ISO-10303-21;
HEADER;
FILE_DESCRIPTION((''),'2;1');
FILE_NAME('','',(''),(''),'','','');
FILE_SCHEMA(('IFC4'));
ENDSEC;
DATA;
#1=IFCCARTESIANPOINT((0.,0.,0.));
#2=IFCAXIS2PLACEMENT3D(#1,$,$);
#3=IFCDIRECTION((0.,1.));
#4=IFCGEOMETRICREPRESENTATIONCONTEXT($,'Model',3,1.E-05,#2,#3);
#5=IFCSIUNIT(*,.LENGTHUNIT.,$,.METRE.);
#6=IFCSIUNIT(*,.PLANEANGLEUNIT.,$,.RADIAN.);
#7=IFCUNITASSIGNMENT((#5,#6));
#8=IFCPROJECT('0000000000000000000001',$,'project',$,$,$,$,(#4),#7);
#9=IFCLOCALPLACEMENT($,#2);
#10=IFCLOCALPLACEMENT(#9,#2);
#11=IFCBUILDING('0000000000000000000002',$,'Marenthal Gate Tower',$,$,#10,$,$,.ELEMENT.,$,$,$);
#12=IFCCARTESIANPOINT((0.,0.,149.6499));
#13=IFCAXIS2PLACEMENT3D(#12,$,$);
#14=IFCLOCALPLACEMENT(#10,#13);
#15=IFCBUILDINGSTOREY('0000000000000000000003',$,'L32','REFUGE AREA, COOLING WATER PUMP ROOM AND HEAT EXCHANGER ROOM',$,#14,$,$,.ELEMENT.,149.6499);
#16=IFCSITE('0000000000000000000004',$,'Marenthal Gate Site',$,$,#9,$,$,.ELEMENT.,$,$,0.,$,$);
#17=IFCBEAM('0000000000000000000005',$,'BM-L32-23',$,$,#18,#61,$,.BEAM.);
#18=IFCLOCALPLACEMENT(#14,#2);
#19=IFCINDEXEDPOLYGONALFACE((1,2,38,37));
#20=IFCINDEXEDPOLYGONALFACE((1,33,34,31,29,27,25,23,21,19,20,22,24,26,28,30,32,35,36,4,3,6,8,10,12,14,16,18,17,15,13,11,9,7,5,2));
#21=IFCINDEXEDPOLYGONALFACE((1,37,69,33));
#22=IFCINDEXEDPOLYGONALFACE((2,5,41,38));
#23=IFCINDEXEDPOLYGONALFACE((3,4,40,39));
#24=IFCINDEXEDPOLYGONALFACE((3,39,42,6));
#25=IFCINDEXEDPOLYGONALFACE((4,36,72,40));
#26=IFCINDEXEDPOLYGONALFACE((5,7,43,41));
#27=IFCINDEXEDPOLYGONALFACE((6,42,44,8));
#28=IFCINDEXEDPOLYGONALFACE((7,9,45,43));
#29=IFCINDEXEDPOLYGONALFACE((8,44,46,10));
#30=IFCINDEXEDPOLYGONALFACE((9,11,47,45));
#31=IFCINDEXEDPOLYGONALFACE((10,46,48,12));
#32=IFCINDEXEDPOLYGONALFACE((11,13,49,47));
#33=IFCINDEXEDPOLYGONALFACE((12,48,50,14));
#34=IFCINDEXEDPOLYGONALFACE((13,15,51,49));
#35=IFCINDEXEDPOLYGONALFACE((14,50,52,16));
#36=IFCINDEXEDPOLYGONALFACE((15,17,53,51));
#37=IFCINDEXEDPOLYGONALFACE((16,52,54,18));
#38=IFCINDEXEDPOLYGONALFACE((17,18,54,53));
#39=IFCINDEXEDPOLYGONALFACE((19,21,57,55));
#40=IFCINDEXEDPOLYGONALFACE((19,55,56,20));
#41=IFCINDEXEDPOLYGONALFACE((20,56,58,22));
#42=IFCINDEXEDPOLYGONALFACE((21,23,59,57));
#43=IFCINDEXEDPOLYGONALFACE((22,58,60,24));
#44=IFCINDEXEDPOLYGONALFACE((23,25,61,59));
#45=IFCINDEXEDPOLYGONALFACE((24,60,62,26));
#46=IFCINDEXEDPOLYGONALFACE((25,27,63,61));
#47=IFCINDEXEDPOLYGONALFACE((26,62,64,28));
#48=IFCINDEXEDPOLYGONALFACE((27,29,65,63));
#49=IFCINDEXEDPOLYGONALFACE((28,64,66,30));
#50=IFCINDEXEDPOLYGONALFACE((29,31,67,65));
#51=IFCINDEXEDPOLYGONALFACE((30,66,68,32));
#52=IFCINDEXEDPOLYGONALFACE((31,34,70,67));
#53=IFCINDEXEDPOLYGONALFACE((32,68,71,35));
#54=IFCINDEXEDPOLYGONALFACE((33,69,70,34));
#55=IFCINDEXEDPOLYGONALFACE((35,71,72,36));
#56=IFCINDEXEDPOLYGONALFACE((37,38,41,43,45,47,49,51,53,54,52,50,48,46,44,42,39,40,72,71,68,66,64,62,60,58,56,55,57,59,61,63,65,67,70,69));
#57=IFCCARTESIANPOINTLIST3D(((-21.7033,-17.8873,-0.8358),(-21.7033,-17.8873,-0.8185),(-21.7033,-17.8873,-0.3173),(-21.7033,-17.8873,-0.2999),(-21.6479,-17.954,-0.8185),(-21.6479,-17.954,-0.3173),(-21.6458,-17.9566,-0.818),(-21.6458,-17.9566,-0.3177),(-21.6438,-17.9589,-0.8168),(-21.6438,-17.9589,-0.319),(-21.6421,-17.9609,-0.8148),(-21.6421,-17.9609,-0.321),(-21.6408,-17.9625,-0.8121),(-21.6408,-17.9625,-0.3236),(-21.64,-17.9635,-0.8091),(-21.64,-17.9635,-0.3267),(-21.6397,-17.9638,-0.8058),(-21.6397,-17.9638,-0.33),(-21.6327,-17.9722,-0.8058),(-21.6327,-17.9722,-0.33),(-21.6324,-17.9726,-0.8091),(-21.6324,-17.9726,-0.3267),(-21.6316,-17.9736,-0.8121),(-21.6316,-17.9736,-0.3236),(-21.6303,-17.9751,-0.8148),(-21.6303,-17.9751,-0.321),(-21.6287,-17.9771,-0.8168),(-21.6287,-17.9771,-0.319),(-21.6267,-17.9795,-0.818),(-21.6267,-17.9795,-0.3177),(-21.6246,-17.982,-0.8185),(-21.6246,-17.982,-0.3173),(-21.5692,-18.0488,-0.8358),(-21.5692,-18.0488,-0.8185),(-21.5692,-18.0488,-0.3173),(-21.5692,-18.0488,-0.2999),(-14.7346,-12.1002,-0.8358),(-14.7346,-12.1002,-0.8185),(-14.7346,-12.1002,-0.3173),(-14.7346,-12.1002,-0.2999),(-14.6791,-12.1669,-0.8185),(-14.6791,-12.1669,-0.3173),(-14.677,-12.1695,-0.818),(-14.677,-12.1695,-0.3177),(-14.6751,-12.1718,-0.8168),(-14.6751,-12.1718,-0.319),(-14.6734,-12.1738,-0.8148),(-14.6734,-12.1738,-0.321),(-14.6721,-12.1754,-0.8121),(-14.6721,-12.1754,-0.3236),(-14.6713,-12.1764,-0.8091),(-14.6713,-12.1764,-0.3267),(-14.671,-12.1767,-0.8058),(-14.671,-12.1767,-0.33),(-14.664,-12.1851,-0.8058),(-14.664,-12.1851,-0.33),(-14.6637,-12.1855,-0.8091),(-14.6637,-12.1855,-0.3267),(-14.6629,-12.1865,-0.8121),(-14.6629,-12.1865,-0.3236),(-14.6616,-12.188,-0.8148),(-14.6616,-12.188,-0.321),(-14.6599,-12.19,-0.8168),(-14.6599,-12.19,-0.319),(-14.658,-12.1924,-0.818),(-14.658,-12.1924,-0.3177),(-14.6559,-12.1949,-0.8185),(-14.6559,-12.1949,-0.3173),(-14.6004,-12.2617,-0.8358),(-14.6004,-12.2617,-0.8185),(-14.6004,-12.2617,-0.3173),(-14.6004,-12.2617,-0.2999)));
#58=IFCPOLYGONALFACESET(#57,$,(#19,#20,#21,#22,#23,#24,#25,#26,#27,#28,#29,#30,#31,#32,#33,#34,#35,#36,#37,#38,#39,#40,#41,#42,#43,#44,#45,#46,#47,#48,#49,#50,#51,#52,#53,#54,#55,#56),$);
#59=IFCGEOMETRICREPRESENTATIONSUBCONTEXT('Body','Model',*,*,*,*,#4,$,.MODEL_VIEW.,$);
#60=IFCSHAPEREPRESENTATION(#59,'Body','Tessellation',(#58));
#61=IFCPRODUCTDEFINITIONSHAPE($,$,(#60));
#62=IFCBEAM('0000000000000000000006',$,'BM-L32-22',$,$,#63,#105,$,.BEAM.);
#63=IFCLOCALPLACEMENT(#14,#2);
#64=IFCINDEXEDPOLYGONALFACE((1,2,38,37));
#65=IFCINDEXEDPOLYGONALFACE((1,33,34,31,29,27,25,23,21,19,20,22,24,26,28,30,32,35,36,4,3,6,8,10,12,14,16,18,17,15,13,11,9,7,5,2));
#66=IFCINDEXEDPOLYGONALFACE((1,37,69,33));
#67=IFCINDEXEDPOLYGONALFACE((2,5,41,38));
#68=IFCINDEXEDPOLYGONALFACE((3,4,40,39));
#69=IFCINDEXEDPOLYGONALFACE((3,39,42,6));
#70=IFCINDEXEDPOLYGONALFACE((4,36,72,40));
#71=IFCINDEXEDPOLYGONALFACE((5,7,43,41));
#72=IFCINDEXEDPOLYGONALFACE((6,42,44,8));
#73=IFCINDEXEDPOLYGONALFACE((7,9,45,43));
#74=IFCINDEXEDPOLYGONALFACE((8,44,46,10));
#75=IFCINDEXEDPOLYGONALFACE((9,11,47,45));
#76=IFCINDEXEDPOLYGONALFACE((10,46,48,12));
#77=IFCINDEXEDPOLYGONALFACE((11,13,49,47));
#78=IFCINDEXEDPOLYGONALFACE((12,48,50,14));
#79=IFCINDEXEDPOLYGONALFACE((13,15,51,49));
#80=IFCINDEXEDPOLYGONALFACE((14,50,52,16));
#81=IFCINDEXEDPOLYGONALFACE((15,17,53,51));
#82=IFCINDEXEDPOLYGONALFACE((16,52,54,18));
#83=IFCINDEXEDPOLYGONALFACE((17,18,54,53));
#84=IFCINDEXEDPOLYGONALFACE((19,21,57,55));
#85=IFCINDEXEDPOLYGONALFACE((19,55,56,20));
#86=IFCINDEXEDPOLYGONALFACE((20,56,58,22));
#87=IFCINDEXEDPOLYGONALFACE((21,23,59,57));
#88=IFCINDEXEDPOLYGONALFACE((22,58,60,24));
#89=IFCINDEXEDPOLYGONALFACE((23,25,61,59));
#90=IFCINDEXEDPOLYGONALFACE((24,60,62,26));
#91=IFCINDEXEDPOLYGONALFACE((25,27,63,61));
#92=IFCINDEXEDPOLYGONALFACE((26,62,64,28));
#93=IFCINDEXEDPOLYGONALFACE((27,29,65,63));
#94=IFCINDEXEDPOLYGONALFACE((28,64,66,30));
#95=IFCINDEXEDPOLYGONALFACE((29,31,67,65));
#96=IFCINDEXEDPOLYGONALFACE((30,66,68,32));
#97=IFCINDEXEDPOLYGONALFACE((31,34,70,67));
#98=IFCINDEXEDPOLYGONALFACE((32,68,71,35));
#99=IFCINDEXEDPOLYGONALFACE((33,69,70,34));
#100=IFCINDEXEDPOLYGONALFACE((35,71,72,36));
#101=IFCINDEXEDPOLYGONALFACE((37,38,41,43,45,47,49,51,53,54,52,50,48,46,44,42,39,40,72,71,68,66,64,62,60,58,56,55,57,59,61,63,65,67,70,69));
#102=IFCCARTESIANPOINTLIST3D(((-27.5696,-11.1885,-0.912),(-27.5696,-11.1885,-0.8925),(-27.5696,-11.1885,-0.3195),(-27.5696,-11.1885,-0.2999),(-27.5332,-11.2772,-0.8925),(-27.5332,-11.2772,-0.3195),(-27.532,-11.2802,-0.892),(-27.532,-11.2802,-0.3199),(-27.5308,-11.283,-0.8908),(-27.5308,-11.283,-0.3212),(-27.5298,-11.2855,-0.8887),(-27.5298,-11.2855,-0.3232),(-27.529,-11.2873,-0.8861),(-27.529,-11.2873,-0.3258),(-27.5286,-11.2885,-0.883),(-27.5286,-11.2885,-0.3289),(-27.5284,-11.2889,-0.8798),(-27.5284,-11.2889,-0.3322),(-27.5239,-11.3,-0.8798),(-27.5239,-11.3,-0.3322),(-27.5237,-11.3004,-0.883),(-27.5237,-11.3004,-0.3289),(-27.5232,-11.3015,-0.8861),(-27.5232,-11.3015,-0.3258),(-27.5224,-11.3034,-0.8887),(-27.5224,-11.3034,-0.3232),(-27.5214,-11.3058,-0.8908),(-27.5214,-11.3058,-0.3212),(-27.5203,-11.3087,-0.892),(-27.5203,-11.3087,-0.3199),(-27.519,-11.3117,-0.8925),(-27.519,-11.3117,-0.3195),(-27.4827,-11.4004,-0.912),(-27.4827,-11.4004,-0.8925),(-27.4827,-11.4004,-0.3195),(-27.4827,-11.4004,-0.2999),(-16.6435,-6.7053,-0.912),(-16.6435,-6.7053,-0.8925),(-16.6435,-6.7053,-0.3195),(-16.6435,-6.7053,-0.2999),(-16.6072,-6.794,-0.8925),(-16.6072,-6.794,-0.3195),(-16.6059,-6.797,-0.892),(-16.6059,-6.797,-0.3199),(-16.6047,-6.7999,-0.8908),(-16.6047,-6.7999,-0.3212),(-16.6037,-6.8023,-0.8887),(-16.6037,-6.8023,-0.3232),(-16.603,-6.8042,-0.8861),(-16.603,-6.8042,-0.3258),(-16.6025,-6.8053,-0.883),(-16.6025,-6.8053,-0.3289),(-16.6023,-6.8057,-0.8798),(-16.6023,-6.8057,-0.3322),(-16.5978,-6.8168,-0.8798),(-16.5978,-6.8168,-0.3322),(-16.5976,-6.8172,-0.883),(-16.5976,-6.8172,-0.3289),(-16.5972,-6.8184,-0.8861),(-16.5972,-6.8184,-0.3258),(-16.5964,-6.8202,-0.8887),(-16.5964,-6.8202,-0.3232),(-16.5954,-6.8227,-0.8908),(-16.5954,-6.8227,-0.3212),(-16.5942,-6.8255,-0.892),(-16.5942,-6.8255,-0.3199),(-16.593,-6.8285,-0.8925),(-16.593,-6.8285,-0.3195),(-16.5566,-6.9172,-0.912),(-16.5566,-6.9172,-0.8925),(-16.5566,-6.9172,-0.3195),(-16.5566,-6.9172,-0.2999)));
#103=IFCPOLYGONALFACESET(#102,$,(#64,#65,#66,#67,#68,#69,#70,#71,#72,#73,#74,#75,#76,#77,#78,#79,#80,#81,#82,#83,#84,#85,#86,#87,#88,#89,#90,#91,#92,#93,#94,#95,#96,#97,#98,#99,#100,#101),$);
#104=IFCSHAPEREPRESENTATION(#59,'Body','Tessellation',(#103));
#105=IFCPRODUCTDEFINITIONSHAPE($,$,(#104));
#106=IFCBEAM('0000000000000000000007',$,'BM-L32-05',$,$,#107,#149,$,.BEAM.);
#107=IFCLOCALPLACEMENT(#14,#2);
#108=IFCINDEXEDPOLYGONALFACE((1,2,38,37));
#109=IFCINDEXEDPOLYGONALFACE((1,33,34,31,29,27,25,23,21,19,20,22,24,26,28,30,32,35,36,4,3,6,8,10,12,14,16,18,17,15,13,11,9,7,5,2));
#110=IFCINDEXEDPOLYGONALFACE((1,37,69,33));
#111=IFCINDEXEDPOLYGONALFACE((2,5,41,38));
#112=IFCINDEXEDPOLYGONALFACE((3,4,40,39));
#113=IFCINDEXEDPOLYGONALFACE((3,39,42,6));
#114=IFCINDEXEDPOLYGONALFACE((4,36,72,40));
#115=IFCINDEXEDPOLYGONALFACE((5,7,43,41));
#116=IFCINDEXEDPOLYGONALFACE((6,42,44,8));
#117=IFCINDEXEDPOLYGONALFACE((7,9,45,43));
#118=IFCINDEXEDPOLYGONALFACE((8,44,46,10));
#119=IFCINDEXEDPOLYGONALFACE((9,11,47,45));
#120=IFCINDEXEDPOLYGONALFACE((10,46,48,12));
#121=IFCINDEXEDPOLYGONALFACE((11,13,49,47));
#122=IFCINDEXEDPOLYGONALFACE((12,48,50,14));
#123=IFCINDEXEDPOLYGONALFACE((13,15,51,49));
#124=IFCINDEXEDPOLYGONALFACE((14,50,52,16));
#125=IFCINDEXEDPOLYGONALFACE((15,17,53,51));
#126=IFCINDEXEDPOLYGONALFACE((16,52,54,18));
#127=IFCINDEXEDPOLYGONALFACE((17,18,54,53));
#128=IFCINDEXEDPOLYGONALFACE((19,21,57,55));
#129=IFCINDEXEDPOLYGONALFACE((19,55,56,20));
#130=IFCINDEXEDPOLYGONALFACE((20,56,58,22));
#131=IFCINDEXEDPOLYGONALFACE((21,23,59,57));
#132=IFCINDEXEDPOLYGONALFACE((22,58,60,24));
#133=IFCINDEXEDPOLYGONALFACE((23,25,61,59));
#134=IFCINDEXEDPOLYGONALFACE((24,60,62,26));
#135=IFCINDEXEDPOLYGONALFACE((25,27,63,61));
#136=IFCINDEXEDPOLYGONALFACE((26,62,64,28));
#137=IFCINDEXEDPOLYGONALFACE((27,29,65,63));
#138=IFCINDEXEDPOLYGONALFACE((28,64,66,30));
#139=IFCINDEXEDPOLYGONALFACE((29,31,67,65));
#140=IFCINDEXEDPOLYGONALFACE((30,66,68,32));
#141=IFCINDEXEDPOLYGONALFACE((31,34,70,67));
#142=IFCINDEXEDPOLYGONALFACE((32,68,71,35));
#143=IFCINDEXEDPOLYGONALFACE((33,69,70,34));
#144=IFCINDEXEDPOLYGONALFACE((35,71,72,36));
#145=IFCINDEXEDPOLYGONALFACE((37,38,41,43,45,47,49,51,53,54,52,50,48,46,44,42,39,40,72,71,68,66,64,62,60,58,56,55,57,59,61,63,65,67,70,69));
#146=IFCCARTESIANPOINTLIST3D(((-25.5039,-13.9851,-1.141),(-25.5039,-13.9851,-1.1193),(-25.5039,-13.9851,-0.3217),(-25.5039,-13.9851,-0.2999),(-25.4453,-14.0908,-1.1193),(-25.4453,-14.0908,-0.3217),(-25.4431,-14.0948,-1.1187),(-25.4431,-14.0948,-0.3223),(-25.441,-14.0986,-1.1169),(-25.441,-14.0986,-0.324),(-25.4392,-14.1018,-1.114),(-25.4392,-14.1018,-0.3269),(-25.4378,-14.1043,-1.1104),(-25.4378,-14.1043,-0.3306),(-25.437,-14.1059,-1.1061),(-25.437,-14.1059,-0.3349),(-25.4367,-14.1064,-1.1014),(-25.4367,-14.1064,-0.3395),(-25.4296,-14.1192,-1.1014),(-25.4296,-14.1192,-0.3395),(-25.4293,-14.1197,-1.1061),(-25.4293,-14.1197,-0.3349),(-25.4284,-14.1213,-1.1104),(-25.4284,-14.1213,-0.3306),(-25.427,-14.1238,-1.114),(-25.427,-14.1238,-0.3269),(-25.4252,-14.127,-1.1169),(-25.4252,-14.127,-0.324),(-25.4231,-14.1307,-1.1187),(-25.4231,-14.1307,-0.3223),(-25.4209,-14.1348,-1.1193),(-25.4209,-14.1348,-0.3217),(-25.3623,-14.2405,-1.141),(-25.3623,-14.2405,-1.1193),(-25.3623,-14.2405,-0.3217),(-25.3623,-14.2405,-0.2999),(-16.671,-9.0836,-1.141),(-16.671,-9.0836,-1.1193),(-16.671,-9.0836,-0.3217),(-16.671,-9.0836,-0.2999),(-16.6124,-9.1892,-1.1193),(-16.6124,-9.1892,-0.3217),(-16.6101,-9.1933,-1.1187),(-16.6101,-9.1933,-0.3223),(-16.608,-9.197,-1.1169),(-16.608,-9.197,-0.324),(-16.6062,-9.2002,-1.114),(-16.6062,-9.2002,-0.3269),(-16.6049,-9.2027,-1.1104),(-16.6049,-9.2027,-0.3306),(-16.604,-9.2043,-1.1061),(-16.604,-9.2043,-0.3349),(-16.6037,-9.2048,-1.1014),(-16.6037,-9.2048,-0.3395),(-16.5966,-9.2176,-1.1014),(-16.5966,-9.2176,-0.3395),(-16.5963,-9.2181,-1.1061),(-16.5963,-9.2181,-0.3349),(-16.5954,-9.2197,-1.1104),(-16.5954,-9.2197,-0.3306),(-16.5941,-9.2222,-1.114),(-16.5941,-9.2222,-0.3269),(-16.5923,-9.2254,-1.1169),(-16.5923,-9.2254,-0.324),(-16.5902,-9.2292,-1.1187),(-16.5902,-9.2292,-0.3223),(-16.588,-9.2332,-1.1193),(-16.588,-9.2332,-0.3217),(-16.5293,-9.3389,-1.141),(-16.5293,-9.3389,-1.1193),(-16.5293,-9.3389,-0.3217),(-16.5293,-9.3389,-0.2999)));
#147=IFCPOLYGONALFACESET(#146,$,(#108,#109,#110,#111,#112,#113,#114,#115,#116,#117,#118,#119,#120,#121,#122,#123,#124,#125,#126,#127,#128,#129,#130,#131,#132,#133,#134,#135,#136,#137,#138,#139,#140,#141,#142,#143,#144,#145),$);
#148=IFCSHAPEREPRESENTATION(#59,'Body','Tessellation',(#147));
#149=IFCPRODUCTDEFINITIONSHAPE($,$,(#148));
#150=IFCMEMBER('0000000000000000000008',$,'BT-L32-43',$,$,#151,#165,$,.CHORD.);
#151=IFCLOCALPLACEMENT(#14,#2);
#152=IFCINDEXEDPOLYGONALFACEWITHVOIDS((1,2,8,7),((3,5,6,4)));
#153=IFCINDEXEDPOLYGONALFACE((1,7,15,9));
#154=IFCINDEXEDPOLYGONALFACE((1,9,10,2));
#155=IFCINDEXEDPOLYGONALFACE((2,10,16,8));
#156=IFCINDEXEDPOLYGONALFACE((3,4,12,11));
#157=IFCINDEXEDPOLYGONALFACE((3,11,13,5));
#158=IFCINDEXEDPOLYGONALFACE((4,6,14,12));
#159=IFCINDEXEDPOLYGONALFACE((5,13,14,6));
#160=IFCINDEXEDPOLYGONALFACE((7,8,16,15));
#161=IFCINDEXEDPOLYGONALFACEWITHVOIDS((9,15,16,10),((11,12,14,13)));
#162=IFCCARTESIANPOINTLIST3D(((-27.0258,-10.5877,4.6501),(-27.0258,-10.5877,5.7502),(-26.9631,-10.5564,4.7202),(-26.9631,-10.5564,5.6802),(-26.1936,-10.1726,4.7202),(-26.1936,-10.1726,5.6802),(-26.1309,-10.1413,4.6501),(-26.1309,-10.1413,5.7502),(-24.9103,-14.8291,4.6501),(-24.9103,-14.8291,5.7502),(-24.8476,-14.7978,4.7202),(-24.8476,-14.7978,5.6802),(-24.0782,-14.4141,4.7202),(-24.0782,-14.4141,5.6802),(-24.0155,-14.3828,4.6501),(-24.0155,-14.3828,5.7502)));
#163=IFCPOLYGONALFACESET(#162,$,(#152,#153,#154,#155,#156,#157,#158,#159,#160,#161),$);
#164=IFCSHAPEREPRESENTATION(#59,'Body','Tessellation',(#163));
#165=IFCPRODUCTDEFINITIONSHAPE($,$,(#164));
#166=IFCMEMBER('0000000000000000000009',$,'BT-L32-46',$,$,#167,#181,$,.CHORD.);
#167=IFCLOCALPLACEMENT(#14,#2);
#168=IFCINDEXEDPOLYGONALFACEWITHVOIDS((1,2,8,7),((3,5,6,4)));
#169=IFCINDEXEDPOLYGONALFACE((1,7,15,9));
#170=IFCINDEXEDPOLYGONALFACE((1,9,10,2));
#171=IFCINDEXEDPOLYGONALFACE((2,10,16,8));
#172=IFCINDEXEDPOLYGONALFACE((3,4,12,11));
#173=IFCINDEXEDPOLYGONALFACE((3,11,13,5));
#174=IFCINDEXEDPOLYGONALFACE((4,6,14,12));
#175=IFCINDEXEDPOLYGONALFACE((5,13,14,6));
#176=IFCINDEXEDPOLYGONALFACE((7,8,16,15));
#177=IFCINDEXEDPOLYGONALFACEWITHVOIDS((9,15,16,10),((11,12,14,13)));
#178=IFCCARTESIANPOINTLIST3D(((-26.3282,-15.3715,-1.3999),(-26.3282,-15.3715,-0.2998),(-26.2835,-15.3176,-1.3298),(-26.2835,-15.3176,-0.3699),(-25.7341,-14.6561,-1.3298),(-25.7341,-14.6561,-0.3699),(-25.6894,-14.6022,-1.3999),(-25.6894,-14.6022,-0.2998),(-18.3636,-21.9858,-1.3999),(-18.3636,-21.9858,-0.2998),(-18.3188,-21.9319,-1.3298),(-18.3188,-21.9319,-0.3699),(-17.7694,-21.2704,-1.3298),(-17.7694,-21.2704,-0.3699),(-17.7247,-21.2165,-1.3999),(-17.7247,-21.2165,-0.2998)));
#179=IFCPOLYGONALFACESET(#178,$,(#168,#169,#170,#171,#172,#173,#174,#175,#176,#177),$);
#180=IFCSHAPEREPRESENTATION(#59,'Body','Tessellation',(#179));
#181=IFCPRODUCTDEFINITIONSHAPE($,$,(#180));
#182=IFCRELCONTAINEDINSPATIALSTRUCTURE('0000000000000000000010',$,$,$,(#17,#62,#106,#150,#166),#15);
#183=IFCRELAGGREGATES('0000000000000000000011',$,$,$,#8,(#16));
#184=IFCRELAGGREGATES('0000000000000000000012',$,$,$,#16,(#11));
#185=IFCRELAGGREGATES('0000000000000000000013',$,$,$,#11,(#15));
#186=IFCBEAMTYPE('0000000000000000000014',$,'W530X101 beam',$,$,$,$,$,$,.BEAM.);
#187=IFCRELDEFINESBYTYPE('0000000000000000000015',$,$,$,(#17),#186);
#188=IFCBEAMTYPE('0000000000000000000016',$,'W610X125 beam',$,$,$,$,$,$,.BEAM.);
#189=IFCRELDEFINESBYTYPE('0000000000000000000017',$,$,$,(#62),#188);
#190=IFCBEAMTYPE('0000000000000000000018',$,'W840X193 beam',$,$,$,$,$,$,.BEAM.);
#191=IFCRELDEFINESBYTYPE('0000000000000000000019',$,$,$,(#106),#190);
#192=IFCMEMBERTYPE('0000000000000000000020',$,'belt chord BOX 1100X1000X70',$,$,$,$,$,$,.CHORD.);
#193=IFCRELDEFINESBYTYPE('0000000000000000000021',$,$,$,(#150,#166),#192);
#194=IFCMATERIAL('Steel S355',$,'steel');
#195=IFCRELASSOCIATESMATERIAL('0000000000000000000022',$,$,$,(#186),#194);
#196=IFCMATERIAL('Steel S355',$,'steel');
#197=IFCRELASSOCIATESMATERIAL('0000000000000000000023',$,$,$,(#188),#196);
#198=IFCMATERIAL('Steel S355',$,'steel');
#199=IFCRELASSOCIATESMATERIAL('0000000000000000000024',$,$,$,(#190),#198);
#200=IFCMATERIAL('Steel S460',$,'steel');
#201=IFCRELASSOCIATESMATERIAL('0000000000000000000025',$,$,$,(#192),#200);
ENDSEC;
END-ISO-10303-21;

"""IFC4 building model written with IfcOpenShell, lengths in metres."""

from ifc_helpers import new_model, si_unit, direction, frame, origin, origin_2d, place, context, subcontext, project, spatial, hollow_rectangle, i_section, extrude, material, material_profile, profile_set, type_object, element, save


model = new_model("IFC4")

# Units and contexts
model_context = context("Model", 3, precision=1e-05, world=origin(), true_north=direction((0.0, 1.0)))
body_context = subcontext(model_context, "Body", "Model", "MODEL_VIEW")
ifc_project = project(units=[si_unit("LENGTHUNIT", "METRE"), si_unit("PLANEANGLEUNIT", "RADIAN")], contexts=[model_context])

# Site, building, storey
site_placement = place(None, origin())
site = spatial("IfcSite", under=ifc_project, at=site_placement, Name="Marenthal Gate Site", CompositionType="ELEMENT", RefElevation=0.0)
building_placement = place(site_placement, origin())
building = spatial("IfcBuilding", under=site, at=building_placement, Name="Marenthal Gate Tower", CompositionType="ELEMENT")
storey_placement = place(building_placement, frame((0.0, 0.0, 149.6499)))
storey = spatial("IfcBuildingStorey", under=building, at=storey_placement, Name="L32", Description="REFUGE AREA, COOLING WATER PUMP ROOM AND HEAT EXCHANGER ROOM", CompositionType="ELEMENT", Elevation=149.6499)

# Beams
ifc_material_1 = material(Name="Steel S355", Category="steel")
ifc_material_profile_1 = material_profile(ifc_material_1, i_section(OverallWidth=0.21, OverallDepth=0.5359, WebThickness=0.011, FlangeThickness=0.0173, FilletRadius=0.0127, at=origin_2d()), Name="W530X101")
ifc_profile_set_1 = profile_set([ifc_material_profile_1], Name="Steel S355")
beam_type_1 = type_object("IfcBeamType", Name="W530X101 beam", PredefinedType="BEAM", material=ifc_profile_set_1)
beam_1_placement = place(storey_placement, frame((-21.6362, -17.968, -0.5679), z_axis=(0.769316, 0.638869, 0.0), x_axis=(-0.638869, 0.769316, 0.0)))
element("IfcBeam", 1, at=beam_1_placement, inside=storey, type_object=beam_type_1, Name="BM-L32-23", PredefinedType="BEAM", context=body_context, shape_type="SweptSolid", body=[
    extrude(i_section(OverallWidth=0.21, OverallDepth=0.5359, WebThickness=0.011, FlangeThickness=0.0173, FilletRadius=0.0127, at=origin_2d()), origin(), (0.0, 0.0, 1.0), 9.0583),
])
ifc_material_2 = material(Name="Steel S355", Category="steel")
ifc_material_profile_2 = material_profile(ifc_material_2, i_section(OverallWidth=0.229, OverallDepth=0.6121, WebThickness=0.012, FlangeThickness=0.0195, FilletRadius=0.0127, at=origin_2d()), Name="W610X125")
ifc_profile_set_2 = profile_set([ifc_material_profile_2], Name="Steel S355")
beam_type_2 = type_object("IfcBeamType", Name="W610X125 beam", PredefinedType="BEAM", material=ifc_profile_set_2)
beam_2_placement = place(storey_placement, frame((-27.5261, -11.2944, -0.606), z_axis=(0.925148, 0.379606, 0.0), x_axis=(-0.379606, 0.925148, 0.0)))
element("IfcBeam", 2, at=beam_2_placement, inside=storey, type_object=beam_type_2, Name="BM-L32-22", PredefinedType="BEAM", context=body_context, shape_type="SweptSolid", body=[
    extrude(i_section(OverallWidth=0.229, OverallDepth=0.6121, WebThickness=0.012, FlangeThickness=0.0195, FilletRadius=0.0127, at=origin_2d()), origin(), (0.0, 0.0, 1.0), 11.8101),
])
ifc_material_3 = material(Name="Steel S355", Category="steel")
ifc_material_profile_3 = material_profile(ifc_material_3, i_section(OverallWidth=0.292, OverallDepth=0.8411, WebThickness=0.0146, FlangeThickness=0.0217, FilletRadius=0.0178, at=origin_2d()), Name="W840X193")
ifc_profile_set_3 = profile_set([ifc_material_profile_3], Name="Steel S355")
beam_type_3 = type_object("IfcBeamType", Name="W840X193 beam", PredefinedType="BEAM", material=ifc_profile_set_3)
beam_3_placement = place(storey_placement, frame((-25.4331, -14.1128, -0.7205), z_axis=(0.874393, 0.485218, 0.0), x_axis=(-0.485218, 0.874393, 0.0)))
element("IfcBeam", 3, at=beam_3_placement, inside=storey, type_object=beam_type_3, Name="BM-L32-05", PredefinedType="BEAM", context=body_context, shape_type="SweptSolid", body=[
    extrude(i_section(OverallWidth=0.292, OverallDepth=0.8411, WebThickness=0.0146, FlangeThickness=0.0217, FilletRadius=0.0178, at=origin_2d()), origin(), (0.0, 0.0, 1.0), 10.1018),
])

# Members
ifc_material_4 = material(Name="Steel S460", Category="steel")
ifc_material_profile_4 = material_profile(ifc_material_4, hollow_rectangle(XDim=1.0, YDim=1.1001, WallThickness=0.0701, at=origin_2d()), Name="BOX 1100X1000X70")
ifc_profile_set_4 = profile_set([ifc_material_profile_4], Name="Steel S460")
member_type_1 = type_object("IfcMemberType", Name="belt chord BOX 1100X1000X70", PredefinedType="CHORD", material=ifc_profile_set_4)
member_1_placement = place(storey_placement, frame((-26.5784, -10.3645, 5.2002), z_axis=(0.446327, -0.89487, 0.0), x_axis=(0.89487, 0.446327, 0.0)))
element("IfcMember", 4, at=member_1_placement, inside=storey, type_object=member_type_1, Name="BT-L32-43", PredefinedType="CHORD", context=body_context, shape_type="SweptSolid", body=[
    extrude(hollow_rectangle(XDim=1.0, YDim=1.1001, WallThickness=0.0701, at=origin_2d()), origin(), (0.0, 0.0, 1.0), 4.7397),
])
member_2_placement = place(storey_placement, frame((-26.0088, -14.9868, -0.8499), z_axis=(0.769308, -0.638878, 0.0), x_axis=(0.638878, 0.769308, 0.0)))
element("IfcMember", 5, at=member_2_placement, inside=storey, type_object=member_type_1, Name="BT-L32-46", PredefinedType="CHORD", context=body_context, shape_type="SweptSolid", body=[
    extrude(hollow_rectangle(XDim=1.0, YDim=1.1001, WallThickness=0.0701, at=origin_2d()), origin(), (0.0, 0.0, 1.0), 10.353),
])

save(model, "model.ifc")
